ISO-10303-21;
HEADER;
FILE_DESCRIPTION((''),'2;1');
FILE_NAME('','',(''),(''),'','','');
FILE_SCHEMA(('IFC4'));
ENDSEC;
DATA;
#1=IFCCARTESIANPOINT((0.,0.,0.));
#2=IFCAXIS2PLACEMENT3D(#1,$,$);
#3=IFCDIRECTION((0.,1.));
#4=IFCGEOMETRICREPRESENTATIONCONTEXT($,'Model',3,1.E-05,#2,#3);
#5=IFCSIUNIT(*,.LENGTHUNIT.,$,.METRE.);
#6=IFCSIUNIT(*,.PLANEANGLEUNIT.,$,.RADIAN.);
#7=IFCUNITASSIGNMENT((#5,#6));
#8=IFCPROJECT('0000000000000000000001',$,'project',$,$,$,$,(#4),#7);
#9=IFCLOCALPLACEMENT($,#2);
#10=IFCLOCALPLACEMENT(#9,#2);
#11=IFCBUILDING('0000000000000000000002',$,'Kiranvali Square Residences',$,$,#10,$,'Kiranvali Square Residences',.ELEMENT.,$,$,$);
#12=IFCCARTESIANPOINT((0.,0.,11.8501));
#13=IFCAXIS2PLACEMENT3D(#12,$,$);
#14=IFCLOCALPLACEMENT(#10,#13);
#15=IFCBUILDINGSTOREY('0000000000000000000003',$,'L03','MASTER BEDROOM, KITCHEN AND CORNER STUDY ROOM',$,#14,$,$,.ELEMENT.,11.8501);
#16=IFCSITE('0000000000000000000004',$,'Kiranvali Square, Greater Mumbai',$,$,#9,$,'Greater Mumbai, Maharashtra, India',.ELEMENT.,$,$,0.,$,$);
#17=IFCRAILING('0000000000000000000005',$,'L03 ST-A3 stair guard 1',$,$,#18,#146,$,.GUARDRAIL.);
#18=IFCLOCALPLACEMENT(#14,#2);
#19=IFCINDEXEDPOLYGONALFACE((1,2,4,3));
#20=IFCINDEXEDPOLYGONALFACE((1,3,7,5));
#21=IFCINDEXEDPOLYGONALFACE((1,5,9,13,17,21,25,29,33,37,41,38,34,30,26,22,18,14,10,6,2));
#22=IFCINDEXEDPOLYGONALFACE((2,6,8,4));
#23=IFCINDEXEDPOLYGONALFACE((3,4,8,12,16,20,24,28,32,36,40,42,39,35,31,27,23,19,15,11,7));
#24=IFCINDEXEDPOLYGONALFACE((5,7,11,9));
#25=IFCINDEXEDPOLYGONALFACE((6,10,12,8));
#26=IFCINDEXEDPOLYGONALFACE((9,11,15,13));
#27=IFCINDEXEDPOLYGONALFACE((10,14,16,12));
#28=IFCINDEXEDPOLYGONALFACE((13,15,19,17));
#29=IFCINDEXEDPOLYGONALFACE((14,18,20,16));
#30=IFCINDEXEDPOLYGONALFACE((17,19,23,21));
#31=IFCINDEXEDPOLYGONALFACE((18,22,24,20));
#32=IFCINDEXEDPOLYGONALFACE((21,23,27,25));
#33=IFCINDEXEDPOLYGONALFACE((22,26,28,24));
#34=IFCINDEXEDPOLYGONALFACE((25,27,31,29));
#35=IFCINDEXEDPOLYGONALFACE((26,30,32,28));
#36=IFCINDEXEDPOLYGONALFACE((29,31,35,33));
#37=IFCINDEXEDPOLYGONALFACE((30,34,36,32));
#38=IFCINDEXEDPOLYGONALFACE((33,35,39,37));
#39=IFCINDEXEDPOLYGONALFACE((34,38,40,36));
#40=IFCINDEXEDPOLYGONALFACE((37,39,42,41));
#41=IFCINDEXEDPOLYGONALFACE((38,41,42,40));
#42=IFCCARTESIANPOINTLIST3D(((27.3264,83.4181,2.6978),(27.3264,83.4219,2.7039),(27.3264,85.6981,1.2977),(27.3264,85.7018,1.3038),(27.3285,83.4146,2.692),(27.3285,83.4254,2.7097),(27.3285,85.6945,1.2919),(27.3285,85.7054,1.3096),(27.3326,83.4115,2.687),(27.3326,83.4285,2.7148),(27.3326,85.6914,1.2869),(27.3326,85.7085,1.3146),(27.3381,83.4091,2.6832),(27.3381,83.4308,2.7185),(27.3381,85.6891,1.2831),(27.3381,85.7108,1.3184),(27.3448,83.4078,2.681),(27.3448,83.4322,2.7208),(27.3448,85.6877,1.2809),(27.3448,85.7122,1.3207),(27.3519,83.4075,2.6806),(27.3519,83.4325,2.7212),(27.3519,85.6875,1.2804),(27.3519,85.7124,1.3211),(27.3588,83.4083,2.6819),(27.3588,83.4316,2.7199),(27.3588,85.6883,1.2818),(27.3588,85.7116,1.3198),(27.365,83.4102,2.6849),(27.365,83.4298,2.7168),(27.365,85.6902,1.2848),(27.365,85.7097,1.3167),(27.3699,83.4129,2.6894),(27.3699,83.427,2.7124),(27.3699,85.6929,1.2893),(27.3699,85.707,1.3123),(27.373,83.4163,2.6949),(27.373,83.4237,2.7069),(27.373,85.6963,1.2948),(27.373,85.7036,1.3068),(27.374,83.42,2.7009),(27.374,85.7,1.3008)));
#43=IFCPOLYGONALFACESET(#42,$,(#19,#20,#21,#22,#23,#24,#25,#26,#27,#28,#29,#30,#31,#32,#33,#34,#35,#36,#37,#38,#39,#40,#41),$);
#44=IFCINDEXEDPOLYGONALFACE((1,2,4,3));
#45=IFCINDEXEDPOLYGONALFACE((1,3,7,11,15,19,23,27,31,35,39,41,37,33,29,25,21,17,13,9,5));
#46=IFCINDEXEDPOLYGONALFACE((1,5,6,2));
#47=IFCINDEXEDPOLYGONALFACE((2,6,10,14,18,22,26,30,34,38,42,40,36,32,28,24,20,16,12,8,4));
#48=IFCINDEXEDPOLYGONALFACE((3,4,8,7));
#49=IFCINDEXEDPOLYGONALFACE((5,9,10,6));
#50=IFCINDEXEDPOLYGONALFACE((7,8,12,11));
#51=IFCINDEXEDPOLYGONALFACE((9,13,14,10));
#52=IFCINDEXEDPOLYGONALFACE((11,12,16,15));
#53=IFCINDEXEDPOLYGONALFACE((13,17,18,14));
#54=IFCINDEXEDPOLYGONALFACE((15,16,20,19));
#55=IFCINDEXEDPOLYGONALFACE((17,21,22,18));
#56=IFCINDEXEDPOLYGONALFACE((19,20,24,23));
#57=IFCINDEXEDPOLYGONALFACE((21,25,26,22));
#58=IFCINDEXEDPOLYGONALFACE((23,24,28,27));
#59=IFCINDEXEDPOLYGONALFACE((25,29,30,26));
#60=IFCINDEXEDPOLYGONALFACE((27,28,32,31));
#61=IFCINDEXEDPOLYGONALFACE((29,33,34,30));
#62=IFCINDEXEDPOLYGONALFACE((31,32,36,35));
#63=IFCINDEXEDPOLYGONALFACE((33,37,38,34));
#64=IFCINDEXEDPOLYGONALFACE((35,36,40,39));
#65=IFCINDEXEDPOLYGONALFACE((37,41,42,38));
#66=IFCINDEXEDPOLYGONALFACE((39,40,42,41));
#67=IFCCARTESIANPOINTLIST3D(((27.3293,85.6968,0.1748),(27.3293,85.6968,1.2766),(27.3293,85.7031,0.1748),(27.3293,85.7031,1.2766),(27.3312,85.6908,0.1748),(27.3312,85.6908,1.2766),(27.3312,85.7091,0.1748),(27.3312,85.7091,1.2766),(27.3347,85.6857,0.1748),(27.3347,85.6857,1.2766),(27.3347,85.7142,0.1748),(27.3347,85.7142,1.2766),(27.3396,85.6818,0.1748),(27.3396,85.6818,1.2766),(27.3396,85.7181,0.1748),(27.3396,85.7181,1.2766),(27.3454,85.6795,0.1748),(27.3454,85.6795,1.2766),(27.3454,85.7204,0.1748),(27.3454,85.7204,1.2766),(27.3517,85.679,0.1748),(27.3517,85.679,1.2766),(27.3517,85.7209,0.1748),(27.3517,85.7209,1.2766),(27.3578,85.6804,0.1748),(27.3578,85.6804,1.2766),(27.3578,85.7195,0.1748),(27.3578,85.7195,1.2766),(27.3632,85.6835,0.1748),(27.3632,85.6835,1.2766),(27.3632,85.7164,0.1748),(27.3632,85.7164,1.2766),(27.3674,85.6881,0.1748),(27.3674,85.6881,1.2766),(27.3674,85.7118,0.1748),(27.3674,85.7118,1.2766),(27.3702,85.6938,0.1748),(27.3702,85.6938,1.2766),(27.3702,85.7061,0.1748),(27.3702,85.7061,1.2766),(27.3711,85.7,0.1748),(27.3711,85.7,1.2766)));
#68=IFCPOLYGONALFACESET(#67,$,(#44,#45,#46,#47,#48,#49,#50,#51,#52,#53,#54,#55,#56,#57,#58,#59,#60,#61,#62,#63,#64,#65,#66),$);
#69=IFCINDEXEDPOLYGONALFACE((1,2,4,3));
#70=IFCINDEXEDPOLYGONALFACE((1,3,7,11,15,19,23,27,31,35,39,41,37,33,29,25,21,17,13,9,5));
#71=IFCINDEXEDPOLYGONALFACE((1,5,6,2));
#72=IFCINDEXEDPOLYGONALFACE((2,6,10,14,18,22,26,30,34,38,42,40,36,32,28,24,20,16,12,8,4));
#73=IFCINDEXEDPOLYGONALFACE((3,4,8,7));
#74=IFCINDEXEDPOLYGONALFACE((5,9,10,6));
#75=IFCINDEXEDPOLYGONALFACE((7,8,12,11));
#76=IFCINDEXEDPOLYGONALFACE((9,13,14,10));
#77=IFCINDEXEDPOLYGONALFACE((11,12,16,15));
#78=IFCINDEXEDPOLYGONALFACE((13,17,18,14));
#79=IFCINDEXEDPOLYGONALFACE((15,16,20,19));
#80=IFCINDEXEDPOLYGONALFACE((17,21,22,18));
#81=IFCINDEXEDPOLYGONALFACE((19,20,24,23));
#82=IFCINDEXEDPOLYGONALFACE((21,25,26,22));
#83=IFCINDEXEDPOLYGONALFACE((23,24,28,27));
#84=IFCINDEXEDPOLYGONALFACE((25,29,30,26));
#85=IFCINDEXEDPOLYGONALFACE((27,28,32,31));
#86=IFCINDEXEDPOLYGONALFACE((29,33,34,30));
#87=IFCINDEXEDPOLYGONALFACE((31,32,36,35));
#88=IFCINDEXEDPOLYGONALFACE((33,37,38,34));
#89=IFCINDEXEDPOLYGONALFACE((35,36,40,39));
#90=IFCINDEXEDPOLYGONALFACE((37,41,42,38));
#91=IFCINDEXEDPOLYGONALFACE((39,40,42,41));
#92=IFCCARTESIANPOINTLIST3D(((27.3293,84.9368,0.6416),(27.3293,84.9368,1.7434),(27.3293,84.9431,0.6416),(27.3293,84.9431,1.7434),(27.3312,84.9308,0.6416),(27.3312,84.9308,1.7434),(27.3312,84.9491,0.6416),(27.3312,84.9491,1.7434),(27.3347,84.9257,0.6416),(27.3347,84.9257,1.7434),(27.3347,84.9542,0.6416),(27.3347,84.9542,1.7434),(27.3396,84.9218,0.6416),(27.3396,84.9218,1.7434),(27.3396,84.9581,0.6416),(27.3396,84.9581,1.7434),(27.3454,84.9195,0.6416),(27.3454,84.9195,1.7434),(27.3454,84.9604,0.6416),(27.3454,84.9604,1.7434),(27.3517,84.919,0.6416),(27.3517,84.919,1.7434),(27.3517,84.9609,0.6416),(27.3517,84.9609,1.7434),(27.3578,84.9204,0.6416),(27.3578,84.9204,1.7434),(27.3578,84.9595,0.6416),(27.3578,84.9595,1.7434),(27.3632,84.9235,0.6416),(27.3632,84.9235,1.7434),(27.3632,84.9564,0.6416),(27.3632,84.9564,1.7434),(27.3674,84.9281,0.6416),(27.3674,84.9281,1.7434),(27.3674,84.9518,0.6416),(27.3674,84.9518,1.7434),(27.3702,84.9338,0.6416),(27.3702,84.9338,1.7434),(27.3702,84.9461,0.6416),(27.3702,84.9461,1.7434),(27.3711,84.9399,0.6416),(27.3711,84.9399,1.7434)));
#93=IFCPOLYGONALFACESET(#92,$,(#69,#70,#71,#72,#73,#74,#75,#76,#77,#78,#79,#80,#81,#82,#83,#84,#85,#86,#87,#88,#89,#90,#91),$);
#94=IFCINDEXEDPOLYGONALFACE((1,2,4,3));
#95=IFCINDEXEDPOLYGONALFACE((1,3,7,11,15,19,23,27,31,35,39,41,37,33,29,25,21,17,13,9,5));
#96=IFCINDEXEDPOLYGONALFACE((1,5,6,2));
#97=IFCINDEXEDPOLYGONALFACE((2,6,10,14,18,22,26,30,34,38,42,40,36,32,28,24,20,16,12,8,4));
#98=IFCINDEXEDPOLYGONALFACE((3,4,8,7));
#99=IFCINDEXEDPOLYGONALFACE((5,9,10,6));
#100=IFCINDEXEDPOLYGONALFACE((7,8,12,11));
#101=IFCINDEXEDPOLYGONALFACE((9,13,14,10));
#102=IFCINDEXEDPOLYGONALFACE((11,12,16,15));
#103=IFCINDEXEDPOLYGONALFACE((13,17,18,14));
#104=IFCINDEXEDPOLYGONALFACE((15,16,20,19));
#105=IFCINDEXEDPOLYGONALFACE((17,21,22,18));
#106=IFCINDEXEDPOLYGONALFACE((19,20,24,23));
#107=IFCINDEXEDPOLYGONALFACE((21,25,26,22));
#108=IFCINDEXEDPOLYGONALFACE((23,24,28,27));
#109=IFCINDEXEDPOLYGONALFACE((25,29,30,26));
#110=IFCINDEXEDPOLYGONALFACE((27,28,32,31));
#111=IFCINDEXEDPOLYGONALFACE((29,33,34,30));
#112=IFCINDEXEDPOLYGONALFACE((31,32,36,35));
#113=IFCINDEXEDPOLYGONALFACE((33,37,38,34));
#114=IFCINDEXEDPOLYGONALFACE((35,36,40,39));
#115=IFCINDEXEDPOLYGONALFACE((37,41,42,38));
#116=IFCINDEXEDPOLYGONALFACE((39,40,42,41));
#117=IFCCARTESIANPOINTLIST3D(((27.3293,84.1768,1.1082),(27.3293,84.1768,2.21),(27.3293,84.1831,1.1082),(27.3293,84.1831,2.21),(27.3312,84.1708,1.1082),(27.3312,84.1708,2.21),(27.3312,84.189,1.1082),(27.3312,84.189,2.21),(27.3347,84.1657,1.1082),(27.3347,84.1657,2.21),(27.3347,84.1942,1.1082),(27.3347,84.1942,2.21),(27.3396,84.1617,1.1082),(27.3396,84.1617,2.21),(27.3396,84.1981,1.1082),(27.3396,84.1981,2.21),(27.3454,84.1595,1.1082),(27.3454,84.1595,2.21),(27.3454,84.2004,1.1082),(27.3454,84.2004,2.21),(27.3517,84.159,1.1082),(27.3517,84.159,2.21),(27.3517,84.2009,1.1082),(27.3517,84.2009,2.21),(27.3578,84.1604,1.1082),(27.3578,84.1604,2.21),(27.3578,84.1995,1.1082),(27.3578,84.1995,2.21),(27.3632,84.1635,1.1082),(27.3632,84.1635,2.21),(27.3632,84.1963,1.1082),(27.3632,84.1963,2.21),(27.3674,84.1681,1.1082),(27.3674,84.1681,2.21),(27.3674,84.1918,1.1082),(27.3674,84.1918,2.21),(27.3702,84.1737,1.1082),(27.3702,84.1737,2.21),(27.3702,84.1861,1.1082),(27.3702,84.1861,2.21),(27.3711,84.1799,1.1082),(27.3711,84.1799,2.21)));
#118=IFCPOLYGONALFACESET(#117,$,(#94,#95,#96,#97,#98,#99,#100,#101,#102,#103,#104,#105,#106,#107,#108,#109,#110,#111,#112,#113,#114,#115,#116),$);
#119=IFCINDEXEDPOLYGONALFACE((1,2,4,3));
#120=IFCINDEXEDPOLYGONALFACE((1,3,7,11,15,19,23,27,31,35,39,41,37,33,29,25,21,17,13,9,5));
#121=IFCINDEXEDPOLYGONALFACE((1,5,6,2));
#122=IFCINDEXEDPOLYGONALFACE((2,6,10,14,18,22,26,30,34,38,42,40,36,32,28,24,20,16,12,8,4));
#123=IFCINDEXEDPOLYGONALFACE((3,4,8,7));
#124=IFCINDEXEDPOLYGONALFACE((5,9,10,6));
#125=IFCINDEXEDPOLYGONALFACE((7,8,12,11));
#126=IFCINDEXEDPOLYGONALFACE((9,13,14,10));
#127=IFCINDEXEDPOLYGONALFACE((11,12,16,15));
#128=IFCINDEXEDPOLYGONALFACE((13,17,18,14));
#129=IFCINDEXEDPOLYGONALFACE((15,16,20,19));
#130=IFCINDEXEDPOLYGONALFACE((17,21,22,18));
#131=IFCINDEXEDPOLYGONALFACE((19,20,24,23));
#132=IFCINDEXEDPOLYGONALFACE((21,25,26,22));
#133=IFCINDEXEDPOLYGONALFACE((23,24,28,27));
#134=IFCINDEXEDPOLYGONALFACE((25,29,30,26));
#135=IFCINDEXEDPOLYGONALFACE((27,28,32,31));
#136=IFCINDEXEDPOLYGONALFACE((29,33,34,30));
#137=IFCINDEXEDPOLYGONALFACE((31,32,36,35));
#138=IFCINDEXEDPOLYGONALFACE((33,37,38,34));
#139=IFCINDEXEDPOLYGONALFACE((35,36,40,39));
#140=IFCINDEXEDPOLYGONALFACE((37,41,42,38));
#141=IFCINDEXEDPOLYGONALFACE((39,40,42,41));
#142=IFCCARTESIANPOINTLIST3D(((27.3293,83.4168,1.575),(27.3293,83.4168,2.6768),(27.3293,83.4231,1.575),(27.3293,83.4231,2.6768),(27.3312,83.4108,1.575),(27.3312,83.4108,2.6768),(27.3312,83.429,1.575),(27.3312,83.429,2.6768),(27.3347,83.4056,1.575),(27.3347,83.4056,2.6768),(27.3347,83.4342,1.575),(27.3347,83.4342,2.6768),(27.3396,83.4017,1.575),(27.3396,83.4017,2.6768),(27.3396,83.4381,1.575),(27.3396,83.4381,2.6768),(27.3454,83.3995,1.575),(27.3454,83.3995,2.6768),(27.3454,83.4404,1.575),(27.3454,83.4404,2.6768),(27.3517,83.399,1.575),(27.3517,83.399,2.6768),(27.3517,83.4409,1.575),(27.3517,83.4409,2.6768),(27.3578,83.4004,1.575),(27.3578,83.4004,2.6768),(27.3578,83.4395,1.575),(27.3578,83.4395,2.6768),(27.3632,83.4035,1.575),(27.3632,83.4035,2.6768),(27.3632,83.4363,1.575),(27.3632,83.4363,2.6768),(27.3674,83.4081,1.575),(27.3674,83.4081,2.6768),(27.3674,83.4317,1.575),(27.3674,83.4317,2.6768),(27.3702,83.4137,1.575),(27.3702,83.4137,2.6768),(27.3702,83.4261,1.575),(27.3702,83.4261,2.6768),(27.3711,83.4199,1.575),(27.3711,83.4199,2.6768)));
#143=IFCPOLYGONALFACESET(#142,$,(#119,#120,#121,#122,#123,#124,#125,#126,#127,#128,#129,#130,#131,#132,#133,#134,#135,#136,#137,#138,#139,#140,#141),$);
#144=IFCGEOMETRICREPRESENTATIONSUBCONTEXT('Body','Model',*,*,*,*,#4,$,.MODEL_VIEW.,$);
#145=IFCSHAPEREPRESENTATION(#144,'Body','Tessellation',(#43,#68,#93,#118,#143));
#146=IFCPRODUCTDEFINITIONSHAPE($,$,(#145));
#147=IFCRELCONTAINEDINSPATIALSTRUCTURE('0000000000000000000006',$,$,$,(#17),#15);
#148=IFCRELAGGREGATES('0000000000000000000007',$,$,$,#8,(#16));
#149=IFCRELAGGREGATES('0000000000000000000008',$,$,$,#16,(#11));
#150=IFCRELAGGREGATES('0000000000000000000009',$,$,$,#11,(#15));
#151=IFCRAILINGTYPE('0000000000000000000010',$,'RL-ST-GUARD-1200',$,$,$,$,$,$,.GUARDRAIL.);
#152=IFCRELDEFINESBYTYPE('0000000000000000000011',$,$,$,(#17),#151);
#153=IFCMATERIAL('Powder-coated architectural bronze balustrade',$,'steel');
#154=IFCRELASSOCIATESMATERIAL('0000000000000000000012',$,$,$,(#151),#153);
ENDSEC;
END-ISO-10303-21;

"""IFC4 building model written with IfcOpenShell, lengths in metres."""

from ifc_helpers import new_model, si_unit, direction, frame, origin, origin_2d, place, context, subcontext, project, spatial, circle, extrude, material, type_object, element, save


model = new_model("IFC4")

# Units and contexts
model_context = context("Model", 3, precision=1e-05, world=origin(), true_north=direction((0.0, 1.0)))
body_context = subcontext(model_context, "Body", "Model", "MODEL_VIEW")
ifc_project = project(units=[si_unit("LENGTHUNIT", "METRE"), si_unit("PLANEANGLEUNIT", "RADIAN")], contexts=[model_context])

# Site, building, storey
site_placement = place(None, origin())
site = spatial("IfcSite", under=ifc_project, at=site_placement, Name="Kiranvali Square, Greater Mumbai", LongName="Greater Mumbai, Maharashtra, India", CompositionType="ELEMENT", RefElevation=0.0)
building_placement = place(site_placement, origin())
building = spatial("IfcBuilding", under=site, at=building_placement, Name="Kiranvali Square Residences", LongName="Kiranvali Square Residences", CompositionType="ELEMENT")
storey_placement = place(building_placement, frame((0.0, 0.0, 11.8501)))
storey = spatial("IfcBuildingStorey", under=building, at=storey_placement, Name="L03", Description="MASTER BEDROOM, KITCHEN AND CORNER STUDY ROOM", CompositionType="ELEMENT", Elevation=11.8501)

# Railing
ifc_material_1 = material(Name="Powder-coated architectural bronze balustrade", Category="steel")
railing_type_1 = type_object("IfcRailingType", Name="RL-ST-GUARD-1200", PredefinedType="GUARDRAIL", material=ifc_material_1)
railing_1_placement = place(storey_placement, frame((27.3501, 85.7, 0.1748)))
element("IfcRailing", 1, at=railing_1_placement, inside=storey, type_object=railing_type_1, Name="L03 ST-A3 stair guard 1", PredefinedType="GUARDRAIL", context=body_context, shape_type="SweptSolid", body=[
    extrude(circle(Radius=0.0239, at=origin_2d()), frame((0.0, 0.0, 1.126), z_axis=(0.0, -0.85215, 0.523298), x_axis=(1.0, 0.0, 0.0)), (0.0, 0.0, 1.0), 2.6755),
    extrude(circle(Radius=0.021, at=origin_2d()), origin(), (0.0, 0.0, 1.0), 1.1018),
    extrude(circle(Radius=0.021, at=origin_2d()), frame((0.0, -0.76, 0.4668)), (0.0, 0.0, 1.0), 1.1018),
    extrude(circle(Radius=0.021, at=origin_2d()), frame((0.0, -1.52, 0.9333)), (0.0, 0.0, 1.0), 1.1018),
    extrude(circle(Radius=0.021, at=origin_2d()), frame((0.0, -2.28, 1.4001)), (0.0, 0.0, 1.0), 1.1018),
])

save(model, "model.ifc")
